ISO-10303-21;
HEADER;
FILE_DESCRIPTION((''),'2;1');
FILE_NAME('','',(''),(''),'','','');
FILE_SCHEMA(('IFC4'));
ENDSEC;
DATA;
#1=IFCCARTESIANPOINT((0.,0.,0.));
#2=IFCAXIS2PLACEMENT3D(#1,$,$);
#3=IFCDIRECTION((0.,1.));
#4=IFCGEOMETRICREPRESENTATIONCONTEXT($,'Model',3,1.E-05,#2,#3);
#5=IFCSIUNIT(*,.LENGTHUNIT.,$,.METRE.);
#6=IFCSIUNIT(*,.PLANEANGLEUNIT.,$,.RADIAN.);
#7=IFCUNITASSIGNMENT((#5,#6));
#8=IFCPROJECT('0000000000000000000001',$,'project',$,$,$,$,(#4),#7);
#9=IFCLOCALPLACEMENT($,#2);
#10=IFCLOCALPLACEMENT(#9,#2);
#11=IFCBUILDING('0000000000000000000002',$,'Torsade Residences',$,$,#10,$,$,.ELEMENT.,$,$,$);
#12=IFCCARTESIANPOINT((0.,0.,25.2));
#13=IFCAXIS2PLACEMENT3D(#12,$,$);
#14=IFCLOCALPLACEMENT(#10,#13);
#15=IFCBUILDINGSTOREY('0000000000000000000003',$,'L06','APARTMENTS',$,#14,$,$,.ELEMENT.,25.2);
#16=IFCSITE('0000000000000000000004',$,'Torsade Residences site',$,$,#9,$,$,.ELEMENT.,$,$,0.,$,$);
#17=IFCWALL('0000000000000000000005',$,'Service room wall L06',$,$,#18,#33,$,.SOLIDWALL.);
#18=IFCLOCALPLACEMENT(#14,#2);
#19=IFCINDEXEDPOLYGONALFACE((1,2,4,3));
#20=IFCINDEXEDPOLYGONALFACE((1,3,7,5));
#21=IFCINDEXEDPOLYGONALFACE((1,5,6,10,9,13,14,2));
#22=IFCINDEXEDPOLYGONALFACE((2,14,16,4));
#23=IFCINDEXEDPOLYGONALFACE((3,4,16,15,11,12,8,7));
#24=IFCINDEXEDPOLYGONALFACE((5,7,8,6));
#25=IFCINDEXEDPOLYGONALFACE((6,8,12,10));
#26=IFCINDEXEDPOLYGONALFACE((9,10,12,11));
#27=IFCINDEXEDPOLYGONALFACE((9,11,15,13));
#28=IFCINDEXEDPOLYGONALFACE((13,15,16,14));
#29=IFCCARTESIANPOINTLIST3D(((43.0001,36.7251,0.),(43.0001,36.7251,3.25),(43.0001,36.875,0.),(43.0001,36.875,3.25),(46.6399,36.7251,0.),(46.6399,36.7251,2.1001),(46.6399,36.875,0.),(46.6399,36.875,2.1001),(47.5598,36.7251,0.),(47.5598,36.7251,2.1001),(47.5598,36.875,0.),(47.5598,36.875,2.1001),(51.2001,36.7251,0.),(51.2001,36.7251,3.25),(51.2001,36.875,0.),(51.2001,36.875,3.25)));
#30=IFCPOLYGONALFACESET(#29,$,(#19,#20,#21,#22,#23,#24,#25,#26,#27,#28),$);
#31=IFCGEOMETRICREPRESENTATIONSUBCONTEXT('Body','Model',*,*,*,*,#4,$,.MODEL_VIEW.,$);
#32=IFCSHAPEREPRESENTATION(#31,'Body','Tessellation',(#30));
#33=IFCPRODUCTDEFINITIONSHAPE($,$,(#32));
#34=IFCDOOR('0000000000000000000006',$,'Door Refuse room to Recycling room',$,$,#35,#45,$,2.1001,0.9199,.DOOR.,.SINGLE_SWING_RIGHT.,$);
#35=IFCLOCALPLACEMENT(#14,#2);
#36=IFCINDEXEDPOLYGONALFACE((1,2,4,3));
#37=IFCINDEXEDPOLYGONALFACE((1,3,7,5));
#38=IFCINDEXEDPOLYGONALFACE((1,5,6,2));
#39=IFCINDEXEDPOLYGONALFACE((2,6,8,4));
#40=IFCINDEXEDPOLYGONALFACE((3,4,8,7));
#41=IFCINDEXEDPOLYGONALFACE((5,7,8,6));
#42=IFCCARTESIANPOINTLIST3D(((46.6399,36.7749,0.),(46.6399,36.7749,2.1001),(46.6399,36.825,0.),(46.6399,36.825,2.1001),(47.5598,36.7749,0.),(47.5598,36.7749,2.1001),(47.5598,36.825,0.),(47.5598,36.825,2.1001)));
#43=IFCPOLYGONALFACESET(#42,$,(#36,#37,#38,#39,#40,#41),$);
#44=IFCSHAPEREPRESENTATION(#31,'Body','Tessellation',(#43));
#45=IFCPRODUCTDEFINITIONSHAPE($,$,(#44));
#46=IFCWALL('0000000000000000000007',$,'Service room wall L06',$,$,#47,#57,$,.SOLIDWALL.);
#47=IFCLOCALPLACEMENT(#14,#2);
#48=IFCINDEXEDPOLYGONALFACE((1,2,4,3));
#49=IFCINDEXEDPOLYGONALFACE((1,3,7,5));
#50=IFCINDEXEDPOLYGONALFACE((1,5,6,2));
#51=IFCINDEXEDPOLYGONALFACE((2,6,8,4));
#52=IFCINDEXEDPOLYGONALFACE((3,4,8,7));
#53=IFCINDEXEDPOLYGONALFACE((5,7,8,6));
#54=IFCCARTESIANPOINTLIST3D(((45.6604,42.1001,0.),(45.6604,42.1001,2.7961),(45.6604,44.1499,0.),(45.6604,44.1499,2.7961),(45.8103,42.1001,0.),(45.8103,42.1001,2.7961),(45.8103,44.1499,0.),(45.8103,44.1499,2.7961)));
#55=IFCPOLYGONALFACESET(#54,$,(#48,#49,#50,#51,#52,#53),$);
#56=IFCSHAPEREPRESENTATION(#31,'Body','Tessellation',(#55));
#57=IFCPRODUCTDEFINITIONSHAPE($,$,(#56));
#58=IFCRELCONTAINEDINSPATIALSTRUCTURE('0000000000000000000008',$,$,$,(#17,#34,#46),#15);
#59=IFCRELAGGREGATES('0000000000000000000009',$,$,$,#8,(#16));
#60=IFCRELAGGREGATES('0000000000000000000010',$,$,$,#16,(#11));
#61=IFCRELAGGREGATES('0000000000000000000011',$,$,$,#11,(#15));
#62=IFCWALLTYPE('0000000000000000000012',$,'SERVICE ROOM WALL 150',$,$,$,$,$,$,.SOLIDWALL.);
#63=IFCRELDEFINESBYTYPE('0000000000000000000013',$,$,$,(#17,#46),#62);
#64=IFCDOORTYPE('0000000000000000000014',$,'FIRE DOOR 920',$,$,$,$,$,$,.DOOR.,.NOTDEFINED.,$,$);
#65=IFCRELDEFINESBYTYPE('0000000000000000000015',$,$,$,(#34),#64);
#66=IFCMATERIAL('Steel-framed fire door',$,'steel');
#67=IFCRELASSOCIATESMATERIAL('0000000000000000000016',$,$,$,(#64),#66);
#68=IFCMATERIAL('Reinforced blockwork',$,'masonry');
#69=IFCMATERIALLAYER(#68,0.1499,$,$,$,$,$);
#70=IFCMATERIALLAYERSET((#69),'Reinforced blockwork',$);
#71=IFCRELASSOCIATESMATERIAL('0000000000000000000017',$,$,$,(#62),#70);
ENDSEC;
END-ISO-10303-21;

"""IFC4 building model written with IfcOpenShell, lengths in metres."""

from ifc_helpers import new_model, si_unit, direction, frame, frame_2d, origin, place, context, subcontext, project, spatial, rectangle, extrude, material, layer, layer_set, type_object, element, fill, save


model = new_model("IFC4")

# Units and contexts
model_context = context("Model", 3, precision=1e-05, world=origin(), true_north=direction((0.0, 1.0)))
body_context = subcontext(model_context, "Body", "Model", "MODEL_VIEW")
ifc_project = project(units=[si_unit("LENGTHUNIT", "METRE"), si_unit("PLANEANGLEUNIT", "RADIAN")], contexts=[model_context])

# Site, building, storey
site_placement = place(None, origin())
site = spatial("IfcSite", under=ifc_project, at=site_placement, Name="Torsade Residences site", CompositionType="ELEMENT", RefElevation=0.0)
building_placement = place(site_placement, origin())
building = spatial("IfcBuilding", under=site, at=building_placement, Name="Torsade Residences", CompositionType="ELEMENT")
storey_placement = place(building_placement, frame((0.0, 0.0, 25.2)))
storey = spatial("IfcBuildingStorey", under=building, at=storey_placement, Name="L06", Description="APARTMENTS", CompositionType="ELEMENT", Elevation=25.2)

# Shared definitions
ifc_material_1 = material(Name="Steel-framed fire door", Category="steel")
door_type_1 = type_object("IfcDoorType", Name="FIRE DOOR 920", OperationType="NOTDEFINED", PredefinedType="DOOR", material=ifc_material_1)

# Shared definitions
ifc_material_2 = material(Name="Reinforced blockwork", Category="masonry")
ifc_layer_1 = layer(ifc_material_2, 0.1499)
ifc_layer_set_1 = layer_set([ifc_layer_1], Name="Reinforced blockwork")
wall_type_1 = type_object("IfcWallType", Name="SERVICE ROOM WALL 150", PredefinedType="SOLIDWALL", material=ifc_layer_set_1)

# Wall, opening, door
wall_1_placement = place(storey_placement, frame((43.0, 36.8, 0.0), z_axis=(0.0, 0.0, 1.0), x_axis=(1.0, 0.0, 0.0)))
wall_1 = element("IfcWall", 1, at=wall_1_placement, inside=storey, type_object=wall_type_1, Name="Service room wall L06", PredefinedType="SOLIDWALL", context=body_context, shape_type="SweptSolid", body=[
    extrude(rectangle(XDim=8.2, YDim=0.1499, at=frame_2d((4.1001, 0.0))), origin(), (0.0, 0.0, 1.0), 3.25),
])
opening_1_placement = place(wall_1_placement, frame((3.6399, 0.0, 0.0)))
opening_1 = element("IfcOpeningElement", 2, at=opening_1_placement, cuts=wall_1, PredefinedType="OPENING", context=body_context, shape_type="SweptSolid", body=[
    extrude(rectangle(XDim=0.9199, YDim=2.1001, at=frame_2d((0.46, 1.05))), frame((0.0, 0.085, 0.0), z_axis=(0.0, -1.0, 0.0), x_axis=(1.0, 0.0, 0.0)), (0.0, 0.0, 1.0), 0.1699),
])
door_1_placement = place(opening_1_placement, origin())
door_1 = element("IfcDoor", 3, at=door_1_placement, inside=storey, type_object=door_type_1, Name="Door Refuse room to Recycling room", OperationType="SINGLE_SWING_RIGHT", OverallHeight=2.1001, OverallWidth=0.9199, PredefinedType="DOOR", context=body_context, shape_type="SweptSolid", body=[
    extrude(rectangle(XDim=0.9199, YDim=2.1001, at=frame_2d((0.46, 1.05))), frame((0.0, 0.0249, 0.0), z_axis=(0.0, -1.0, 0.0), x_axis=(1.0, 0.0, 0.0)), (0.0, 0.0, 1.0), 0.05),
])
fill(opening_1, door_1)

# Wall
wall_2_placement = place(storey_placement, frame((45.7354, 42.1001, 0.0), z_axis=(0.0, 0.0, 1.0), x_axis=(0.0, 1.0, 0.0)))
element("IfcWall", 4, at=wall_2_placement, inside=storey, type_object=wall_type_1, Name="Service room wall L06", PredefinedType="SOLIDWALL", context=body_context, shape_type="SweptSolid", body=[
    extrude(rectangle(XDim=2.0498, YDim=0.1499, at=frame_2d((1.0249, 0.0))), origin(), (0.0, 0.0, 1.0), 2.7961),
])

save(model, "model.ifc")
